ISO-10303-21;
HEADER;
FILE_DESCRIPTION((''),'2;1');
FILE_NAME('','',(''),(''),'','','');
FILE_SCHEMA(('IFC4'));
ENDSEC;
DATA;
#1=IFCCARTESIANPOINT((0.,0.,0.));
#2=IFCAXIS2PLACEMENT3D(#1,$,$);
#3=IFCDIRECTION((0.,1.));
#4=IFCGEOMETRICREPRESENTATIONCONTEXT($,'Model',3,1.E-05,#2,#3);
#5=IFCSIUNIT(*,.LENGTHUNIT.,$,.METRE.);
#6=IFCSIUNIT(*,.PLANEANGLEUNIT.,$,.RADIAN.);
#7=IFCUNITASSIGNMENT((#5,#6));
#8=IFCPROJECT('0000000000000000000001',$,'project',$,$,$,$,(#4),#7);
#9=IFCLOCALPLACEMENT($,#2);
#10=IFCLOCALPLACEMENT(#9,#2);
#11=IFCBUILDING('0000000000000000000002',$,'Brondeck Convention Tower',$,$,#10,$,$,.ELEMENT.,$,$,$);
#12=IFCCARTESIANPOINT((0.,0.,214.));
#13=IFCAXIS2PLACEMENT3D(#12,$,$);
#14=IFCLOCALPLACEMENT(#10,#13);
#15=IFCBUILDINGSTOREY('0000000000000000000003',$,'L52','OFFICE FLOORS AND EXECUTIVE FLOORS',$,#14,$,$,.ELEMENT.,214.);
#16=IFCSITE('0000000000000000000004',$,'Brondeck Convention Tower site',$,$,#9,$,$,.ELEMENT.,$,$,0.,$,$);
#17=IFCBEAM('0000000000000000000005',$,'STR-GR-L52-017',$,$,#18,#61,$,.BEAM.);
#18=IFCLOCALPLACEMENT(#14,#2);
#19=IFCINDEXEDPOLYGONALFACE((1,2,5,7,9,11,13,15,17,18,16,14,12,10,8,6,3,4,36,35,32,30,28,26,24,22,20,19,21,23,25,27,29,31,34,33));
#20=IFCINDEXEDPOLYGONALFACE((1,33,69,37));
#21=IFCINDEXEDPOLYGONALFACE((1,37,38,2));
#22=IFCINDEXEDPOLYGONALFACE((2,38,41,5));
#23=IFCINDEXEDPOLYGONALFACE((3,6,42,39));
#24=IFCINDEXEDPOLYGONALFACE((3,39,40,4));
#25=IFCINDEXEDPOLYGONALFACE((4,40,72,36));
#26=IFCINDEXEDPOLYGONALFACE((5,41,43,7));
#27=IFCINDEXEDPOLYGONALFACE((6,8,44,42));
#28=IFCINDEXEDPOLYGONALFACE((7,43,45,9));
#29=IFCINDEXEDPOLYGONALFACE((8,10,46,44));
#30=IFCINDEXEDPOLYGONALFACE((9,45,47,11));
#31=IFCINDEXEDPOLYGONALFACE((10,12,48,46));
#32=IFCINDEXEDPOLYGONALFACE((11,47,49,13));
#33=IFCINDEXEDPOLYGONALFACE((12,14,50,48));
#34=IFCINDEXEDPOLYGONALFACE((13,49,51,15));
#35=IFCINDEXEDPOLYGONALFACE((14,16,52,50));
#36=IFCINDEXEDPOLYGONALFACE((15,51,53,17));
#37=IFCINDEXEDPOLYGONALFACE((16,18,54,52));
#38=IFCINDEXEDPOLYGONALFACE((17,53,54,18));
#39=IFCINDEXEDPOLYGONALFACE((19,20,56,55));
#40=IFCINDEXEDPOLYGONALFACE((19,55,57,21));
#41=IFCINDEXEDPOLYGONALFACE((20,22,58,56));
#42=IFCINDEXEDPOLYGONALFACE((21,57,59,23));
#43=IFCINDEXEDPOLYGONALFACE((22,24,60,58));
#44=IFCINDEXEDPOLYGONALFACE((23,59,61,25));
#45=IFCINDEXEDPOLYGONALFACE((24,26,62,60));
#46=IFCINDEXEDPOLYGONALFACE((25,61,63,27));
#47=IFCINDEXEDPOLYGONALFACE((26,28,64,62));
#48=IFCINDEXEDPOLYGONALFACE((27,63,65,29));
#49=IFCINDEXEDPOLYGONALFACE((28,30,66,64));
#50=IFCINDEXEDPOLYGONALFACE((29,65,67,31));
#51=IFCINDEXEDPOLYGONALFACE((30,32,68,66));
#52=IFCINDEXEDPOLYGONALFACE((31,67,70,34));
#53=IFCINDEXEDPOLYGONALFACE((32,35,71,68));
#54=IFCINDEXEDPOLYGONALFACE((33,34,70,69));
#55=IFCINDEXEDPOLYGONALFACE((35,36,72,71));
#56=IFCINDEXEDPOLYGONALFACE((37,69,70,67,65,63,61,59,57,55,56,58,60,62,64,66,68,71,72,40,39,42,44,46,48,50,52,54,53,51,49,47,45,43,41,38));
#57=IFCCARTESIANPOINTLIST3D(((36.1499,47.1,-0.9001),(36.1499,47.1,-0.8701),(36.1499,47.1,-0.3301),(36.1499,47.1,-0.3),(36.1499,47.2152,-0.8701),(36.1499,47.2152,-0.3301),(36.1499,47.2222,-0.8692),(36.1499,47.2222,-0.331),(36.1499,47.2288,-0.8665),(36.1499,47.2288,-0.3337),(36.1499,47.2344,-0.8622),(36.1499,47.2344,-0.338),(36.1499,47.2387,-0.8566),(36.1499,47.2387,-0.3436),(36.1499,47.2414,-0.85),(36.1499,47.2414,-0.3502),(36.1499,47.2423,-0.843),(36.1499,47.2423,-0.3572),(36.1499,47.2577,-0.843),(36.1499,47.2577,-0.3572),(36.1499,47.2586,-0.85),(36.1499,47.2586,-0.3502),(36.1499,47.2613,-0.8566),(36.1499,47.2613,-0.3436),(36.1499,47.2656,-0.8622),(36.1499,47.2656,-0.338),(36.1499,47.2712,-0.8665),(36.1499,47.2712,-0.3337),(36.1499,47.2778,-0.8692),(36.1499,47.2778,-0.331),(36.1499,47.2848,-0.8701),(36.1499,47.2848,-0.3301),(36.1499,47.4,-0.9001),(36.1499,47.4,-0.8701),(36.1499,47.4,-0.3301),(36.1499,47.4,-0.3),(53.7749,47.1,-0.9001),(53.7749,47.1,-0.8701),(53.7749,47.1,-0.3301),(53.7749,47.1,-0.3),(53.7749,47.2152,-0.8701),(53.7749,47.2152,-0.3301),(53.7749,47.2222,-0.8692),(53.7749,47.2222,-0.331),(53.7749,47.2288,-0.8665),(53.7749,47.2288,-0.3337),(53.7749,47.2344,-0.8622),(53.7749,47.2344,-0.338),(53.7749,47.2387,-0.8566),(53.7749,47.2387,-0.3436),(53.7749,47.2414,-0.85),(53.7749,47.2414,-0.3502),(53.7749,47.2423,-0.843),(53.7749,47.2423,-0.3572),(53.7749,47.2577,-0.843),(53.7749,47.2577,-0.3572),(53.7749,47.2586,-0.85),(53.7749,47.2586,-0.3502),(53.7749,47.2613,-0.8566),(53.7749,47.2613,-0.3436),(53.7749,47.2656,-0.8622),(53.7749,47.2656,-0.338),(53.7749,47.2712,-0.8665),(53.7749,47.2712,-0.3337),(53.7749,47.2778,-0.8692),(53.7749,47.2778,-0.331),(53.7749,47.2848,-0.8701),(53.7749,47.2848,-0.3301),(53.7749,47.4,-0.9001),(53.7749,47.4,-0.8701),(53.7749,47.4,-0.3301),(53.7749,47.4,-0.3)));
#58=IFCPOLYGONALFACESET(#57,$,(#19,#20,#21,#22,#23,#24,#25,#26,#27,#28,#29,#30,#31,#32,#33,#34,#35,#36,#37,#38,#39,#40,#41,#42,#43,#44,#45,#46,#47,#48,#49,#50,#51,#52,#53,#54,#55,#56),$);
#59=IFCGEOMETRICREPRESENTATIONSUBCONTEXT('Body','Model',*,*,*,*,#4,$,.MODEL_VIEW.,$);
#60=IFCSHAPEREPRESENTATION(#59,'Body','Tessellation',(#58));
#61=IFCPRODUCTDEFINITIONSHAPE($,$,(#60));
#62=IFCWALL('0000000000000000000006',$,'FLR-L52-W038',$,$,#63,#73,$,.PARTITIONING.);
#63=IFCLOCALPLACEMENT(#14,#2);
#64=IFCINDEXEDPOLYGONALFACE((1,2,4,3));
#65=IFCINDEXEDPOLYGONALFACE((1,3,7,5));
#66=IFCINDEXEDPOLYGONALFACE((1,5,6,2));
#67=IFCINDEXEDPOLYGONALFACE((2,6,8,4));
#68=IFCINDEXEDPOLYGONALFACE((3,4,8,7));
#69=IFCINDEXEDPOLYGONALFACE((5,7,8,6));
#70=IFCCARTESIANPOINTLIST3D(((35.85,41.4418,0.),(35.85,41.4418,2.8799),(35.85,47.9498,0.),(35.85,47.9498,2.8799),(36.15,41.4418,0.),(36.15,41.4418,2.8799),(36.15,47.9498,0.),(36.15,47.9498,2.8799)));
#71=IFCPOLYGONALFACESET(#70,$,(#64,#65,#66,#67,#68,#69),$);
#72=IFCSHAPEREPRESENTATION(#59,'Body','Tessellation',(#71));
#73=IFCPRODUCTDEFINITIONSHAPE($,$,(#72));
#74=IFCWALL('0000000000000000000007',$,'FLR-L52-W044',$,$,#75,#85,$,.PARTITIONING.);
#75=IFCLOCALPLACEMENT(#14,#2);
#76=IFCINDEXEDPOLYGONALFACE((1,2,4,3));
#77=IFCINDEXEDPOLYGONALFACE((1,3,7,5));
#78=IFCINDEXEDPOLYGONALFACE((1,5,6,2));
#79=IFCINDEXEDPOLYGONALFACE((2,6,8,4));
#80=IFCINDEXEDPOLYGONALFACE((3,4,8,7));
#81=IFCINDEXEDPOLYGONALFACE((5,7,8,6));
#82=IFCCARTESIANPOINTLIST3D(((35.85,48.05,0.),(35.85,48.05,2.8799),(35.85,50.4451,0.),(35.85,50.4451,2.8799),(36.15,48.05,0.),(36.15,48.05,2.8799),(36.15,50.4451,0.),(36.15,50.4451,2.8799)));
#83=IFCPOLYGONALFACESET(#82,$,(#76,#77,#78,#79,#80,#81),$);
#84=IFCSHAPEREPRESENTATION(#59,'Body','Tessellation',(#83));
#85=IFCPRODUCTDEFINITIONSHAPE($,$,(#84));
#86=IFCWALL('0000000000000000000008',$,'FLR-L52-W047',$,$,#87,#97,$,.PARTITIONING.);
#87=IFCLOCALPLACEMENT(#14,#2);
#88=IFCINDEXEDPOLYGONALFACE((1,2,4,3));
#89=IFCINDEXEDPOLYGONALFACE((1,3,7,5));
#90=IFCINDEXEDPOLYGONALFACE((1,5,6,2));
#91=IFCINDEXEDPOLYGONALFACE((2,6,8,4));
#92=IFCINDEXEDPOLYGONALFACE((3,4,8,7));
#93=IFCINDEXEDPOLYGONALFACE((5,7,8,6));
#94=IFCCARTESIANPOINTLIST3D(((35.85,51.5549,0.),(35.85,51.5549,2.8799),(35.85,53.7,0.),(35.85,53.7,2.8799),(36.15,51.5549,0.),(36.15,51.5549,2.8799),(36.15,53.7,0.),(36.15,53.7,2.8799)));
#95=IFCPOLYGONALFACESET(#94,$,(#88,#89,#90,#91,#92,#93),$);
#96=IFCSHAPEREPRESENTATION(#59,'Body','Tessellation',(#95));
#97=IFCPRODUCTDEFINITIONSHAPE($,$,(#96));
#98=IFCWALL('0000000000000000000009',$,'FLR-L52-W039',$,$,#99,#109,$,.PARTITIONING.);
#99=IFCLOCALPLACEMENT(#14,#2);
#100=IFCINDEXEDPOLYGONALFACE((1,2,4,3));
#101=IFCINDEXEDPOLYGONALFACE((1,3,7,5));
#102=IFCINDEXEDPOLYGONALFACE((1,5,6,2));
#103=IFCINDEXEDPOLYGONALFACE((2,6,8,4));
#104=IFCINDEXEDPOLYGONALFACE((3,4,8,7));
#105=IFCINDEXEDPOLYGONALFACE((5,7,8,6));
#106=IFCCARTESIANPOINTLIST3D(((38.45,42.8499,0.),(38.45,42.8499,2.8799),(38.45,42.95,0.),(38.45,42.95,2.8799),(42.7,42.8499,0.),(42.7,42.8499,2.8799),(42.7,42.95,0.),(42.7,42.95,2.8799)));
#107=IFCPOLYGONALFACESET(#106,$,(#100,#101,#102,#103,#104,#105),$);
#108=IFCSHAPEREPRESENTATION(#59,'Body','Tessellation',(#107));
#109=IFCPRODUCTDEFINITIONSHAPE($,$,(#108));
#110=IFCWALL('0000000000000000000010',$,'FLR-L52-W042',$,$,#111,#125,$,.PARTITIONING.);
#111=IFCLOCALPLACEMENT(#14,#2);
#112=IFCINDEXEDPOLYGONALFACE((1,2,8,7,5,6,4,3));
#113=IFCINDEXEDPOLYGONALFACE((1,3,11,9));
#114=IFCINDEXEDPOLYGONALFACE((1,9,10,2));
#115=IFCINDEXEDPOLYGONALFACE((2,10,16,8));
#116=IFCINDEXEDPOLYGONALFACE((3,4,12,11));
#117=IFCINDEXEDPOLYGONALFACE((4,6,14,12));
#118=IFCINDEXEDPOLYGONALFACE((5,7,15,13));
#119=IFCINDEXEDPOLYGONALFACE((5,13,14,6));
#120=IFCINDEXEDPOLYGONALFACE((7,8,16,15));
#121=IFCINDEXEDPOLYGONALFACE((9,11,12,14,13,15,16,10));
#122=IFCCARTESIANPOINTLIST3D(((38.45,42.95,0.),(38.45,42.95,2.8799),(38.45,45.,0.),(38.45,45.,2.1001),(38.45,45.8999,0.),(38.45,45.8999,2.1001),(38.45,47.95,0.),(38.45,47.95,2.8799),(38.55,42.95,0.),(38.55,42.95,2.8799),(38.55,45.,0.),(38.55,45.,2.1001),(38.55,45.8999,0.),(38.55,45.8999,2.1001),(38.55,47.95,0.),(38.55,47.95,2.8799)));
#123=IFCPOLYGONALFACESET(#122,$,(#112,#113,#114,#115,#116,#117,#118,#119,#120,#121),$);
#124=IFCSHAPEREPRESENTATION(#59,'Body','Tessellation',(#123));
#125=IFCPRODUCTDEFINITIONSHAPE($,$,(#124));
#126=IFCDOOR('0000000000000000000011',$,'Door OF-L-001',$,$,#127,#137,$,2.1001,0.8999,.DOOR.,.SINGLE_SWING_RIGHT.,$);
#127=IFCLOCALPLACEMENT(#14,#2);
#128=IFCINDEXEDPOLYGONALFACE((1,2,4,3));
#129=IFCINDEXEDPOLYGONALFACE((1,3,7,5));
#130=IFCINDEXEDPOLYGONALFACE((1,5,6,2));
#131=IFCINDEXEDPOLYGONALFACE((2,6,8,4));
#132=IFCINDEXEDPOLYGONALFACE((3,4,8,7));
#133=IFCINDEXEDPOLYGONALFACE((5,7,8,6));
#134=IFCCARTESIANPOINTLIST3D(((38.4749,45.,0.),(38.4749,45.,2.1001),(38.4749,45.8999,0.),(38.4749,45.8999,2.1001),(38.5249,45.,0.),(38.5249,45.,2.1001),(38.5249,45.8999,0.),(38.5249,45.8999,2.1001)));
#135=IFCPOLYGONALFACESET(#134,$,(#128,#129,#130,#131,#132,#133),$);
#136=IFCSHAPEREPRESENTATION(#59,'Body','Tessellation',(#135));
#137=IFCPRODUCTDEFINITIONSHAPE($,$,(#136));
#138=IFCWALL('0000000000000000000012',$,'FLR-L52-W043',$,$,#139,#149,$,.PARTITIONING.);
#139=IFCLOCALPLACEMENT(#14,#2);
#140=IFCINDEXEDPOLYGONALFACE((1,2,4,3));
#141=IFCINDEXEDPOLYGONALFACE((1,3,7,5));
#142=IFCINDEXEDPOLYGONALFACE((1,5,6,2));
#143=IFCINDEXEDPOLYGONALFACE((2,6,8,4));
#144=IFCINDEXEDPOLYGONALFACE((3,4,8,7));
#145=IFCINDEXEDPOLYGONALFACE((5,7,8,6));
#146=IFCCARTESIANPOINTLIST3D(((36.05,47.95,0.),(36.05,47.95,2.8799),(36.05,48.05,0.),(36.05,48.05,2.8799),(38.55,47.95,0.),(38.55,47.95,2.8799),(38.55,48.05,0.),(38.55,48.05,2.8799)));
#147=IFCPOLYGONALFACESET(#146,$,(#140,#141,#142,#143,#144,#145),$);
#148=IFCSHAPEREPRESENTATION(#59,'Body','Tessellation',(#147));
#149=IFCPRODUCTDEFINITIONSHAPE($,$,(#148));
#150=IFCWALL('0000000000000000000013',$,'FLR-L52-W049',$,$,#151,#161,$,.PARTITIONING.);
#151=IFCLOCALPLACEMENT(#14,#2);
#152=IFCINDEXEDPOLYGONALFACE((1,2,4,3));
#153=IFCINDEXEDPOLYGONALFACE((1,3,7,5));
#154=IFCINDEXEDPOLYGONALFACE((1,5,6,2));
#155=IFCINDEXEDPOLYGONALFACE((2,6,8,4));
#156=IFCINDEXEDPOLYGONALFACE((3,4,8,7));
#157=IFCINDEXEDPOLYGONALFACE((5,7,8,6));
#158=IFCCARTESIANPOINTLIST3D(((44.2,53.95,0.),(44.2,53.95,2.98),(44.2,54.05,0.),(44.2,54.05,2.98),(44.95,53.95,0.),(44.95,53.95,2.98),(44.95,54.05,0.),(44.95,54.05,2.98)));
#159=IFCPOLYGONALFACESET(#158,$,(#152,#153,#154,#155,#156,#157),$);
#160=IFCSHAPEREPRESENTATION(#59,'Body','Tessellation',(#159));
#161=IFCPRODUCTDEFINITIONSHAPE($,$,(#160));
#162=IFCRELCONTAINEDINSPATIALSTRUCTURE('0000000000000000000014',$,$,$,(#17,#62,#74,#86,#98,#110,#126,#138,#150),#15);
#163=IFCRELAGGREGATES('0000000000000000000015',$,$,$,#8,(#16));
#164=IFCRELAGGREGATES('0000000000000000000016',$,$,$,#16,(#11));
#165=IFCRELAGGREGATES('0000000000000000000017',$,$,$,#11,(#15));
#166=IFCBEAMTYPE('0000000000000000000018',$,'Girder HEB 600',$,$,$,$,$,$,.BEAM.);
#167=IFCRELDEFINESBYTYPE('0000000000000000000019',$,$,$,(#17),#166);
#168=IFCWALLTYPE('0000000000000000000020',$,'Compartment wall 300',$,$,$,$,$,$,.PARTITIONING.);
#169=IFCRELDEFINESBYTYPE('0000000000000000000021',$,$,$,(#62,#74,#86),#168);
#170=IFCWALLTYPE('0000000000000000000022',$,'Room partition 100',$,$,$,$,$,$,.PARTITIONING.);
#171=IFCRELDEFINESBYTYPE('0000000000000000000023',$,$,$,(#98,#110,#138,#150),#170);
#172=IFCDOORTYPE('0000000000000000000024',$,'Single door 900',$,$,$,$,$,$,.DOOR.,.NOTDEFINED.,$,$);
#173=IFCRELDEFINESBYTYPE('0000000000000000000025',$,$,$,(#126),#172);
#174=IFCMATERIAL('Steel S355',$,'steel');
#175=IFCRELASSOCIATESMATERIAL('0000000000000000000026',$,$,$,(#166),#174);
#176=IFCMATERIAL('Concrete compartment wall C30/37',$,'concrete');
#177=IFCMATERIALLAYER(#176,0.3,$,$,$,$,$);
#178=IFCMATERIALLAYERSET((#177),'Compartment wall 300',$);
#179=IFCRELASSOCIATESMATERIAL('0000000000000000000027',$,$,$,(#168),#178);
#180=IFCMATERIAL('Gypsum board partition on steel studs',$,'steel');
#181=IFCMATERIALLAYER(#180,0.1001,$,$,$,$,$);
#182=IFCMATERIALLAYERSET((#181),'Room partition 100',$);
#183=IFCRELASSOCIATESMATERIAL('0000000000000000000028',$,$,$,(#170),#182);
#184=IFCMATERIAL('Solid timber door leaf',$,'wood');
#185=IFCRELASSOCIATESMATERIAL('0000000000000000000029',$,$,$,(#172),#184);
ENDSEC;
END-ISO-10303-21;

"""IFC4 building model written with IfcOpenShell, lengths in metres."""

from ifc_helpers import new_model, si_unit, direction, frame, frame_2d, origin, origin_2d, place, context, subcontext, project, spatial, rectangle, i_section, extrude, material, layer, layer_set, material_profile, profile_set, type_object, element, fill, save


model = new_model("IFC4")

# Units and contexts
model_context = context("Model", 3, precision=1e-05, world=origin(), true_north=direction((0.0, 1.0)))
body_context = subcontext(model_context, "Body", "Model", "MODEL_VIEW")
ifc_project = project(units=[si_unit("LENGTHUNIT", "METRE"), si_unit("PLANEANGLEUNIT", "RADIAN")], contexts=[model_context])

# Site, building, storey
site_placement = place(None, origin())
site = spatial("IfcSite", under=ifc_project, at=site_placement, Name="Brondeck Convention Tower site", CompositionType="ELEMENT", RefElevation=0.0)
building_placement = place(site_placement, origin())
building = spatial("IfcBuilding", under=site, at=building_placement, Name="Brondeck Convention Tower", CompositionType="ELEMENT")
storey_placement = place(building_placement, frame((0.0, 0.0, 214.0)))
storey = spatial("IfcBuildingStorey", under=building, at=storey_placement, Name="L52", Description="OFFICE FLOORS AND EXECUTIVE FLOORS", CompositionType="ELEMENT", Elevation=214.0)

# Beam
ifc_material_1 = material(Name="Steel S355", Category="steel")
ifc_material_profile_1 = material_profile(ifc_material_1, i_section(OverallWidth=0.3, OverallDepth=0.6001, WebThickness=0.0154, FlangeThickness=0.03, FilletRadius=0.0271, at=origin_2d()), Name="HEB 600")
ifc_profile_set_1 = profile_set([ifc_material_profile_1], Name="Steel S355")
beam_type = type_object("IfcBeamType", Name="Girder HEB 600", PredefinedType="BEAM", material=ifc_profile_set_1)
for number, where, z_axis, x_axis, name in (
    (1, (36.1499, 47.25, -0.6001), (1.0, 0.0, 0.0), (0.0, 1.0, 0.0), "STR-GR-L52-017"),
):
    element("IfcBeam", number, at=place(storey_placement, frame(where, z_axis=z_axis, x_axis=x_axis)), inside=storey, type_object=beam_type, Name=name, PredefinedType="BEAM", context=body_context, shape_type="SweptSolid", body=[
        extrude(i_section(OverallWidth=0.3, OverallDepth=0.6001, WebThickness=0.0154, FlangeThickness=0.03, FilletRadius=0.0271, at=origin_2d()), origin(), (0.0, 0.0, 1.0), 17.625),
    ])

# Walls
ifc_material_2 = material(Name="Concrete compartment wall C30/37", Category="concrete")
ifc_layer_1 = layer(ifc_material_2, 0.3)
ifc_layer_set_1 = layer_set([ifc_layer_1], Name="Compartment wall 300")
wall_type_1 = type_object("IfcWallType", Name="Compartment wall 300", PredefinedType="PARTITIONING", material=ifc_layer_set_1)
wall_1_placement = place(storey_placement, frame((36.0, 41.4419, 0.0), z_axis=(0.0, 0.0, 1.0), x_axis=(0.0, 1.0, 0.0)))
element("IfcWall", 2, at=wall_1_placement, inside=storey, type_object=wall_type_1, Name="FLR-L52-W038", PredefinedType="PARTITIONING", context=body_context, shape_type="SweptSolid", body=[
    extrude(rectangle(XDim=6.5081, YDim=0.3, at=frame_2d((3.2539, 0.0))), origin(), (0.0, 0.0, 1.0), 2.8799),
])
wall_2_placement = place(storey_placement, frame((36.0, 48.05, 0.0), z_axis=(0.0, 0.0, 1.0), x_axis=(0.0, 1.0, 0.0)))
element("IfcWall", 3, at=wall_2_placement, inside=storey, type_object=wall_type_1, Name="FLR-L52-W044", PredefinedType="PARTITIONING", context=body_context, shape_type="SweptSolid", body=[
    extrude(rectangle(XDim=2.395, YDim=0.3, at=frame_2d((1.1975, 0.0))), origin(), (0.0, 0.0, 1.0), 2.8799),
])
wall_3_placement = place(storey_placement, frame((36.0, 51.5549, 0.0), z_axis=(0.0, 0.0, 1.0), x_axis=(0.0, 1.0, 0.0)))
element("IfcWall", 4, at=wall_3_placement, inside=storey, type_object=wall_type_1, Name="FLR-L52-W047", PredefinedType="PARTITIONING", context=body_context, shape_type="SweptSolid", body=[
    extrude(rectangle(XDim=2.145, YDim=0.3, at=frame_2d((1.0725, 0.0))), origin(), (0.0, 0.0, 1.0), 2.8799),
])
ifc_material_3 = material(Name="Gypsum board partition on steel studs", Category="steel")
ifc_layer_2 = layer(ifc_material_3, 0.1001)
ifc_layer_set_2 = layer_set([ifc_layer_2], Name="Room partition 100")
wall_type_2 = type_object("IfcWallType", Name="Room partition 100", PredefinedType="PARTITIONING", material=ifc_layer_set_2)
wall_4_placement = place(storey_placement, frame((38.45, 42.8999, 0.0), z_axis=(0.0, 0.0, 1.0), x_axis=(1.0, 0.0, 0.0)))
element("IfcWall", 5, at=wall_4_placement, inside=storey, type_object=wall_type_2, Name="FLR-L52-W039", PredefinedType="PARTITIONING", context=body_context, shape_type="SweptSolid", body=[
    extrude(rectangle(XDim=4.25, YDim=0.1001, at=frame_2d((2.125, 0.0))), origin(), (0.0, 0.0, 1.0), 2.8799),
])

# Wall, opening, door
wall_5_placement = place(storey_placement, frame((38.5, 47.95, 0.0), z_axis=(0.0, 0.0, 1.0), x_axis=(0.0, -1.0, 0.0)))
wall_5 = element("IfcWall", 6, at=wall_5_placement, inside=storey, type_object=wall_type_2, Name="FLR-L52-W042", PredefinedType="PARTITIONING", context=body_context, shape_type="SweptSolid", body=[
    extrude(rectangle(XDim=5.0, YDim=0.1001, at=frame_2d((2.5, 0.0))), origin(), (0.0, 0.0, 1.0), 2.8799),
])
opening_1_placement = place(wall_5_placement, frame((2.05, 0.0, 0.0)))
opening_1 = element("IfcOpeningElement", 7, at=opening_1_placement, cuts=wall_5, PredefinedType="OPENING", context=body_context, shape_type="SweptSolid", body=[
    extrude(rectangle(XDim=0.8999, YDim=2.1001, at=frame_2d((0.45, 1.05))), frame((0.0, 0.0601, 0.0), z_axis=(0.0, -1.0, 0.0), x_axis=(1.0, 0.0, 0.0)), (0.0, 0.0, 1.0), 0.1201),
])
ifc_material_4 = material(Name="Solid timber door leaf", Category="wood")
door_type_1 = type_object("IfcDoorType", Name="Single door 900", OperationType="NOTDEFINED", PredefinedType="DOOR", material=ifc_material_4)
door_1_placement = place(opening_1_placement, origin())
door_1 = element("IfcDoor", 8, at=door_1_placement, inside=storey, type_object=door_type_1, Name="Door OF-L-001", OperationType="SINGLE_SWING_RIGHT", OverallHeight=2.1001, OverallWidth=0.8999, PredefinedType="DOOR", context=body_context, shape_type="SweptSolid", body=[
    extrude(rectangle(XDim=0.8999, YDim=2.1001, at=frame_2d((0.45, 1.05))), frame((0.0, 0.0249, 0.0), z_axis=(0.0, -1.0, 0.0), x_axis=(1.0, 0.0, 0.0)), (0.0, 0.0, 1.0), 0.05),
])
fill(opening_1, door_1)

# Walls
wall_6_placement = place(storey_placement, frame((36.05, 48.0, 0.0), z_axis=(0.0, 0.0, 1.0), x_axis=(1.0, 0.0, 0.0)))
element("IfcWall", 9, at=wall_6_placement, inside=storey, type_object=wall_type_2, Name="FLR-L52-W043", PredefinedType="PARTITIONING", context=body_context, shape_type="SweptSolid", body=[
    extrude(rectangle(XDim=2.5, YDim=0.1001, at=frame_2d((1.25, 0.0))), origin(), (0.0, 0.0, 1.0), 2.8799),
])
wall_7_placement = place(storey_placement, frame((44.2, 54.0, 0.0), z_axis=(0.0, 0.0, 1.0), x_axis=(1.0, 0.0, 0.0)))
element("IfcWall", 10, at=wall_7_placement, inside=storey, type_object=wall_type_2, Name="FLR-L52-W049", PredefinedType="PARTITIONING", context=body_context, shape_type="SweptSolid", body=[
    extrude(rectangle(XDim=0.75, YDim=0.1001, at=frame_2d((0.375, 0.0))), origin(), (0.0, 0.0, 1.0), 2.98),
])

save(model, "model.ifc")
